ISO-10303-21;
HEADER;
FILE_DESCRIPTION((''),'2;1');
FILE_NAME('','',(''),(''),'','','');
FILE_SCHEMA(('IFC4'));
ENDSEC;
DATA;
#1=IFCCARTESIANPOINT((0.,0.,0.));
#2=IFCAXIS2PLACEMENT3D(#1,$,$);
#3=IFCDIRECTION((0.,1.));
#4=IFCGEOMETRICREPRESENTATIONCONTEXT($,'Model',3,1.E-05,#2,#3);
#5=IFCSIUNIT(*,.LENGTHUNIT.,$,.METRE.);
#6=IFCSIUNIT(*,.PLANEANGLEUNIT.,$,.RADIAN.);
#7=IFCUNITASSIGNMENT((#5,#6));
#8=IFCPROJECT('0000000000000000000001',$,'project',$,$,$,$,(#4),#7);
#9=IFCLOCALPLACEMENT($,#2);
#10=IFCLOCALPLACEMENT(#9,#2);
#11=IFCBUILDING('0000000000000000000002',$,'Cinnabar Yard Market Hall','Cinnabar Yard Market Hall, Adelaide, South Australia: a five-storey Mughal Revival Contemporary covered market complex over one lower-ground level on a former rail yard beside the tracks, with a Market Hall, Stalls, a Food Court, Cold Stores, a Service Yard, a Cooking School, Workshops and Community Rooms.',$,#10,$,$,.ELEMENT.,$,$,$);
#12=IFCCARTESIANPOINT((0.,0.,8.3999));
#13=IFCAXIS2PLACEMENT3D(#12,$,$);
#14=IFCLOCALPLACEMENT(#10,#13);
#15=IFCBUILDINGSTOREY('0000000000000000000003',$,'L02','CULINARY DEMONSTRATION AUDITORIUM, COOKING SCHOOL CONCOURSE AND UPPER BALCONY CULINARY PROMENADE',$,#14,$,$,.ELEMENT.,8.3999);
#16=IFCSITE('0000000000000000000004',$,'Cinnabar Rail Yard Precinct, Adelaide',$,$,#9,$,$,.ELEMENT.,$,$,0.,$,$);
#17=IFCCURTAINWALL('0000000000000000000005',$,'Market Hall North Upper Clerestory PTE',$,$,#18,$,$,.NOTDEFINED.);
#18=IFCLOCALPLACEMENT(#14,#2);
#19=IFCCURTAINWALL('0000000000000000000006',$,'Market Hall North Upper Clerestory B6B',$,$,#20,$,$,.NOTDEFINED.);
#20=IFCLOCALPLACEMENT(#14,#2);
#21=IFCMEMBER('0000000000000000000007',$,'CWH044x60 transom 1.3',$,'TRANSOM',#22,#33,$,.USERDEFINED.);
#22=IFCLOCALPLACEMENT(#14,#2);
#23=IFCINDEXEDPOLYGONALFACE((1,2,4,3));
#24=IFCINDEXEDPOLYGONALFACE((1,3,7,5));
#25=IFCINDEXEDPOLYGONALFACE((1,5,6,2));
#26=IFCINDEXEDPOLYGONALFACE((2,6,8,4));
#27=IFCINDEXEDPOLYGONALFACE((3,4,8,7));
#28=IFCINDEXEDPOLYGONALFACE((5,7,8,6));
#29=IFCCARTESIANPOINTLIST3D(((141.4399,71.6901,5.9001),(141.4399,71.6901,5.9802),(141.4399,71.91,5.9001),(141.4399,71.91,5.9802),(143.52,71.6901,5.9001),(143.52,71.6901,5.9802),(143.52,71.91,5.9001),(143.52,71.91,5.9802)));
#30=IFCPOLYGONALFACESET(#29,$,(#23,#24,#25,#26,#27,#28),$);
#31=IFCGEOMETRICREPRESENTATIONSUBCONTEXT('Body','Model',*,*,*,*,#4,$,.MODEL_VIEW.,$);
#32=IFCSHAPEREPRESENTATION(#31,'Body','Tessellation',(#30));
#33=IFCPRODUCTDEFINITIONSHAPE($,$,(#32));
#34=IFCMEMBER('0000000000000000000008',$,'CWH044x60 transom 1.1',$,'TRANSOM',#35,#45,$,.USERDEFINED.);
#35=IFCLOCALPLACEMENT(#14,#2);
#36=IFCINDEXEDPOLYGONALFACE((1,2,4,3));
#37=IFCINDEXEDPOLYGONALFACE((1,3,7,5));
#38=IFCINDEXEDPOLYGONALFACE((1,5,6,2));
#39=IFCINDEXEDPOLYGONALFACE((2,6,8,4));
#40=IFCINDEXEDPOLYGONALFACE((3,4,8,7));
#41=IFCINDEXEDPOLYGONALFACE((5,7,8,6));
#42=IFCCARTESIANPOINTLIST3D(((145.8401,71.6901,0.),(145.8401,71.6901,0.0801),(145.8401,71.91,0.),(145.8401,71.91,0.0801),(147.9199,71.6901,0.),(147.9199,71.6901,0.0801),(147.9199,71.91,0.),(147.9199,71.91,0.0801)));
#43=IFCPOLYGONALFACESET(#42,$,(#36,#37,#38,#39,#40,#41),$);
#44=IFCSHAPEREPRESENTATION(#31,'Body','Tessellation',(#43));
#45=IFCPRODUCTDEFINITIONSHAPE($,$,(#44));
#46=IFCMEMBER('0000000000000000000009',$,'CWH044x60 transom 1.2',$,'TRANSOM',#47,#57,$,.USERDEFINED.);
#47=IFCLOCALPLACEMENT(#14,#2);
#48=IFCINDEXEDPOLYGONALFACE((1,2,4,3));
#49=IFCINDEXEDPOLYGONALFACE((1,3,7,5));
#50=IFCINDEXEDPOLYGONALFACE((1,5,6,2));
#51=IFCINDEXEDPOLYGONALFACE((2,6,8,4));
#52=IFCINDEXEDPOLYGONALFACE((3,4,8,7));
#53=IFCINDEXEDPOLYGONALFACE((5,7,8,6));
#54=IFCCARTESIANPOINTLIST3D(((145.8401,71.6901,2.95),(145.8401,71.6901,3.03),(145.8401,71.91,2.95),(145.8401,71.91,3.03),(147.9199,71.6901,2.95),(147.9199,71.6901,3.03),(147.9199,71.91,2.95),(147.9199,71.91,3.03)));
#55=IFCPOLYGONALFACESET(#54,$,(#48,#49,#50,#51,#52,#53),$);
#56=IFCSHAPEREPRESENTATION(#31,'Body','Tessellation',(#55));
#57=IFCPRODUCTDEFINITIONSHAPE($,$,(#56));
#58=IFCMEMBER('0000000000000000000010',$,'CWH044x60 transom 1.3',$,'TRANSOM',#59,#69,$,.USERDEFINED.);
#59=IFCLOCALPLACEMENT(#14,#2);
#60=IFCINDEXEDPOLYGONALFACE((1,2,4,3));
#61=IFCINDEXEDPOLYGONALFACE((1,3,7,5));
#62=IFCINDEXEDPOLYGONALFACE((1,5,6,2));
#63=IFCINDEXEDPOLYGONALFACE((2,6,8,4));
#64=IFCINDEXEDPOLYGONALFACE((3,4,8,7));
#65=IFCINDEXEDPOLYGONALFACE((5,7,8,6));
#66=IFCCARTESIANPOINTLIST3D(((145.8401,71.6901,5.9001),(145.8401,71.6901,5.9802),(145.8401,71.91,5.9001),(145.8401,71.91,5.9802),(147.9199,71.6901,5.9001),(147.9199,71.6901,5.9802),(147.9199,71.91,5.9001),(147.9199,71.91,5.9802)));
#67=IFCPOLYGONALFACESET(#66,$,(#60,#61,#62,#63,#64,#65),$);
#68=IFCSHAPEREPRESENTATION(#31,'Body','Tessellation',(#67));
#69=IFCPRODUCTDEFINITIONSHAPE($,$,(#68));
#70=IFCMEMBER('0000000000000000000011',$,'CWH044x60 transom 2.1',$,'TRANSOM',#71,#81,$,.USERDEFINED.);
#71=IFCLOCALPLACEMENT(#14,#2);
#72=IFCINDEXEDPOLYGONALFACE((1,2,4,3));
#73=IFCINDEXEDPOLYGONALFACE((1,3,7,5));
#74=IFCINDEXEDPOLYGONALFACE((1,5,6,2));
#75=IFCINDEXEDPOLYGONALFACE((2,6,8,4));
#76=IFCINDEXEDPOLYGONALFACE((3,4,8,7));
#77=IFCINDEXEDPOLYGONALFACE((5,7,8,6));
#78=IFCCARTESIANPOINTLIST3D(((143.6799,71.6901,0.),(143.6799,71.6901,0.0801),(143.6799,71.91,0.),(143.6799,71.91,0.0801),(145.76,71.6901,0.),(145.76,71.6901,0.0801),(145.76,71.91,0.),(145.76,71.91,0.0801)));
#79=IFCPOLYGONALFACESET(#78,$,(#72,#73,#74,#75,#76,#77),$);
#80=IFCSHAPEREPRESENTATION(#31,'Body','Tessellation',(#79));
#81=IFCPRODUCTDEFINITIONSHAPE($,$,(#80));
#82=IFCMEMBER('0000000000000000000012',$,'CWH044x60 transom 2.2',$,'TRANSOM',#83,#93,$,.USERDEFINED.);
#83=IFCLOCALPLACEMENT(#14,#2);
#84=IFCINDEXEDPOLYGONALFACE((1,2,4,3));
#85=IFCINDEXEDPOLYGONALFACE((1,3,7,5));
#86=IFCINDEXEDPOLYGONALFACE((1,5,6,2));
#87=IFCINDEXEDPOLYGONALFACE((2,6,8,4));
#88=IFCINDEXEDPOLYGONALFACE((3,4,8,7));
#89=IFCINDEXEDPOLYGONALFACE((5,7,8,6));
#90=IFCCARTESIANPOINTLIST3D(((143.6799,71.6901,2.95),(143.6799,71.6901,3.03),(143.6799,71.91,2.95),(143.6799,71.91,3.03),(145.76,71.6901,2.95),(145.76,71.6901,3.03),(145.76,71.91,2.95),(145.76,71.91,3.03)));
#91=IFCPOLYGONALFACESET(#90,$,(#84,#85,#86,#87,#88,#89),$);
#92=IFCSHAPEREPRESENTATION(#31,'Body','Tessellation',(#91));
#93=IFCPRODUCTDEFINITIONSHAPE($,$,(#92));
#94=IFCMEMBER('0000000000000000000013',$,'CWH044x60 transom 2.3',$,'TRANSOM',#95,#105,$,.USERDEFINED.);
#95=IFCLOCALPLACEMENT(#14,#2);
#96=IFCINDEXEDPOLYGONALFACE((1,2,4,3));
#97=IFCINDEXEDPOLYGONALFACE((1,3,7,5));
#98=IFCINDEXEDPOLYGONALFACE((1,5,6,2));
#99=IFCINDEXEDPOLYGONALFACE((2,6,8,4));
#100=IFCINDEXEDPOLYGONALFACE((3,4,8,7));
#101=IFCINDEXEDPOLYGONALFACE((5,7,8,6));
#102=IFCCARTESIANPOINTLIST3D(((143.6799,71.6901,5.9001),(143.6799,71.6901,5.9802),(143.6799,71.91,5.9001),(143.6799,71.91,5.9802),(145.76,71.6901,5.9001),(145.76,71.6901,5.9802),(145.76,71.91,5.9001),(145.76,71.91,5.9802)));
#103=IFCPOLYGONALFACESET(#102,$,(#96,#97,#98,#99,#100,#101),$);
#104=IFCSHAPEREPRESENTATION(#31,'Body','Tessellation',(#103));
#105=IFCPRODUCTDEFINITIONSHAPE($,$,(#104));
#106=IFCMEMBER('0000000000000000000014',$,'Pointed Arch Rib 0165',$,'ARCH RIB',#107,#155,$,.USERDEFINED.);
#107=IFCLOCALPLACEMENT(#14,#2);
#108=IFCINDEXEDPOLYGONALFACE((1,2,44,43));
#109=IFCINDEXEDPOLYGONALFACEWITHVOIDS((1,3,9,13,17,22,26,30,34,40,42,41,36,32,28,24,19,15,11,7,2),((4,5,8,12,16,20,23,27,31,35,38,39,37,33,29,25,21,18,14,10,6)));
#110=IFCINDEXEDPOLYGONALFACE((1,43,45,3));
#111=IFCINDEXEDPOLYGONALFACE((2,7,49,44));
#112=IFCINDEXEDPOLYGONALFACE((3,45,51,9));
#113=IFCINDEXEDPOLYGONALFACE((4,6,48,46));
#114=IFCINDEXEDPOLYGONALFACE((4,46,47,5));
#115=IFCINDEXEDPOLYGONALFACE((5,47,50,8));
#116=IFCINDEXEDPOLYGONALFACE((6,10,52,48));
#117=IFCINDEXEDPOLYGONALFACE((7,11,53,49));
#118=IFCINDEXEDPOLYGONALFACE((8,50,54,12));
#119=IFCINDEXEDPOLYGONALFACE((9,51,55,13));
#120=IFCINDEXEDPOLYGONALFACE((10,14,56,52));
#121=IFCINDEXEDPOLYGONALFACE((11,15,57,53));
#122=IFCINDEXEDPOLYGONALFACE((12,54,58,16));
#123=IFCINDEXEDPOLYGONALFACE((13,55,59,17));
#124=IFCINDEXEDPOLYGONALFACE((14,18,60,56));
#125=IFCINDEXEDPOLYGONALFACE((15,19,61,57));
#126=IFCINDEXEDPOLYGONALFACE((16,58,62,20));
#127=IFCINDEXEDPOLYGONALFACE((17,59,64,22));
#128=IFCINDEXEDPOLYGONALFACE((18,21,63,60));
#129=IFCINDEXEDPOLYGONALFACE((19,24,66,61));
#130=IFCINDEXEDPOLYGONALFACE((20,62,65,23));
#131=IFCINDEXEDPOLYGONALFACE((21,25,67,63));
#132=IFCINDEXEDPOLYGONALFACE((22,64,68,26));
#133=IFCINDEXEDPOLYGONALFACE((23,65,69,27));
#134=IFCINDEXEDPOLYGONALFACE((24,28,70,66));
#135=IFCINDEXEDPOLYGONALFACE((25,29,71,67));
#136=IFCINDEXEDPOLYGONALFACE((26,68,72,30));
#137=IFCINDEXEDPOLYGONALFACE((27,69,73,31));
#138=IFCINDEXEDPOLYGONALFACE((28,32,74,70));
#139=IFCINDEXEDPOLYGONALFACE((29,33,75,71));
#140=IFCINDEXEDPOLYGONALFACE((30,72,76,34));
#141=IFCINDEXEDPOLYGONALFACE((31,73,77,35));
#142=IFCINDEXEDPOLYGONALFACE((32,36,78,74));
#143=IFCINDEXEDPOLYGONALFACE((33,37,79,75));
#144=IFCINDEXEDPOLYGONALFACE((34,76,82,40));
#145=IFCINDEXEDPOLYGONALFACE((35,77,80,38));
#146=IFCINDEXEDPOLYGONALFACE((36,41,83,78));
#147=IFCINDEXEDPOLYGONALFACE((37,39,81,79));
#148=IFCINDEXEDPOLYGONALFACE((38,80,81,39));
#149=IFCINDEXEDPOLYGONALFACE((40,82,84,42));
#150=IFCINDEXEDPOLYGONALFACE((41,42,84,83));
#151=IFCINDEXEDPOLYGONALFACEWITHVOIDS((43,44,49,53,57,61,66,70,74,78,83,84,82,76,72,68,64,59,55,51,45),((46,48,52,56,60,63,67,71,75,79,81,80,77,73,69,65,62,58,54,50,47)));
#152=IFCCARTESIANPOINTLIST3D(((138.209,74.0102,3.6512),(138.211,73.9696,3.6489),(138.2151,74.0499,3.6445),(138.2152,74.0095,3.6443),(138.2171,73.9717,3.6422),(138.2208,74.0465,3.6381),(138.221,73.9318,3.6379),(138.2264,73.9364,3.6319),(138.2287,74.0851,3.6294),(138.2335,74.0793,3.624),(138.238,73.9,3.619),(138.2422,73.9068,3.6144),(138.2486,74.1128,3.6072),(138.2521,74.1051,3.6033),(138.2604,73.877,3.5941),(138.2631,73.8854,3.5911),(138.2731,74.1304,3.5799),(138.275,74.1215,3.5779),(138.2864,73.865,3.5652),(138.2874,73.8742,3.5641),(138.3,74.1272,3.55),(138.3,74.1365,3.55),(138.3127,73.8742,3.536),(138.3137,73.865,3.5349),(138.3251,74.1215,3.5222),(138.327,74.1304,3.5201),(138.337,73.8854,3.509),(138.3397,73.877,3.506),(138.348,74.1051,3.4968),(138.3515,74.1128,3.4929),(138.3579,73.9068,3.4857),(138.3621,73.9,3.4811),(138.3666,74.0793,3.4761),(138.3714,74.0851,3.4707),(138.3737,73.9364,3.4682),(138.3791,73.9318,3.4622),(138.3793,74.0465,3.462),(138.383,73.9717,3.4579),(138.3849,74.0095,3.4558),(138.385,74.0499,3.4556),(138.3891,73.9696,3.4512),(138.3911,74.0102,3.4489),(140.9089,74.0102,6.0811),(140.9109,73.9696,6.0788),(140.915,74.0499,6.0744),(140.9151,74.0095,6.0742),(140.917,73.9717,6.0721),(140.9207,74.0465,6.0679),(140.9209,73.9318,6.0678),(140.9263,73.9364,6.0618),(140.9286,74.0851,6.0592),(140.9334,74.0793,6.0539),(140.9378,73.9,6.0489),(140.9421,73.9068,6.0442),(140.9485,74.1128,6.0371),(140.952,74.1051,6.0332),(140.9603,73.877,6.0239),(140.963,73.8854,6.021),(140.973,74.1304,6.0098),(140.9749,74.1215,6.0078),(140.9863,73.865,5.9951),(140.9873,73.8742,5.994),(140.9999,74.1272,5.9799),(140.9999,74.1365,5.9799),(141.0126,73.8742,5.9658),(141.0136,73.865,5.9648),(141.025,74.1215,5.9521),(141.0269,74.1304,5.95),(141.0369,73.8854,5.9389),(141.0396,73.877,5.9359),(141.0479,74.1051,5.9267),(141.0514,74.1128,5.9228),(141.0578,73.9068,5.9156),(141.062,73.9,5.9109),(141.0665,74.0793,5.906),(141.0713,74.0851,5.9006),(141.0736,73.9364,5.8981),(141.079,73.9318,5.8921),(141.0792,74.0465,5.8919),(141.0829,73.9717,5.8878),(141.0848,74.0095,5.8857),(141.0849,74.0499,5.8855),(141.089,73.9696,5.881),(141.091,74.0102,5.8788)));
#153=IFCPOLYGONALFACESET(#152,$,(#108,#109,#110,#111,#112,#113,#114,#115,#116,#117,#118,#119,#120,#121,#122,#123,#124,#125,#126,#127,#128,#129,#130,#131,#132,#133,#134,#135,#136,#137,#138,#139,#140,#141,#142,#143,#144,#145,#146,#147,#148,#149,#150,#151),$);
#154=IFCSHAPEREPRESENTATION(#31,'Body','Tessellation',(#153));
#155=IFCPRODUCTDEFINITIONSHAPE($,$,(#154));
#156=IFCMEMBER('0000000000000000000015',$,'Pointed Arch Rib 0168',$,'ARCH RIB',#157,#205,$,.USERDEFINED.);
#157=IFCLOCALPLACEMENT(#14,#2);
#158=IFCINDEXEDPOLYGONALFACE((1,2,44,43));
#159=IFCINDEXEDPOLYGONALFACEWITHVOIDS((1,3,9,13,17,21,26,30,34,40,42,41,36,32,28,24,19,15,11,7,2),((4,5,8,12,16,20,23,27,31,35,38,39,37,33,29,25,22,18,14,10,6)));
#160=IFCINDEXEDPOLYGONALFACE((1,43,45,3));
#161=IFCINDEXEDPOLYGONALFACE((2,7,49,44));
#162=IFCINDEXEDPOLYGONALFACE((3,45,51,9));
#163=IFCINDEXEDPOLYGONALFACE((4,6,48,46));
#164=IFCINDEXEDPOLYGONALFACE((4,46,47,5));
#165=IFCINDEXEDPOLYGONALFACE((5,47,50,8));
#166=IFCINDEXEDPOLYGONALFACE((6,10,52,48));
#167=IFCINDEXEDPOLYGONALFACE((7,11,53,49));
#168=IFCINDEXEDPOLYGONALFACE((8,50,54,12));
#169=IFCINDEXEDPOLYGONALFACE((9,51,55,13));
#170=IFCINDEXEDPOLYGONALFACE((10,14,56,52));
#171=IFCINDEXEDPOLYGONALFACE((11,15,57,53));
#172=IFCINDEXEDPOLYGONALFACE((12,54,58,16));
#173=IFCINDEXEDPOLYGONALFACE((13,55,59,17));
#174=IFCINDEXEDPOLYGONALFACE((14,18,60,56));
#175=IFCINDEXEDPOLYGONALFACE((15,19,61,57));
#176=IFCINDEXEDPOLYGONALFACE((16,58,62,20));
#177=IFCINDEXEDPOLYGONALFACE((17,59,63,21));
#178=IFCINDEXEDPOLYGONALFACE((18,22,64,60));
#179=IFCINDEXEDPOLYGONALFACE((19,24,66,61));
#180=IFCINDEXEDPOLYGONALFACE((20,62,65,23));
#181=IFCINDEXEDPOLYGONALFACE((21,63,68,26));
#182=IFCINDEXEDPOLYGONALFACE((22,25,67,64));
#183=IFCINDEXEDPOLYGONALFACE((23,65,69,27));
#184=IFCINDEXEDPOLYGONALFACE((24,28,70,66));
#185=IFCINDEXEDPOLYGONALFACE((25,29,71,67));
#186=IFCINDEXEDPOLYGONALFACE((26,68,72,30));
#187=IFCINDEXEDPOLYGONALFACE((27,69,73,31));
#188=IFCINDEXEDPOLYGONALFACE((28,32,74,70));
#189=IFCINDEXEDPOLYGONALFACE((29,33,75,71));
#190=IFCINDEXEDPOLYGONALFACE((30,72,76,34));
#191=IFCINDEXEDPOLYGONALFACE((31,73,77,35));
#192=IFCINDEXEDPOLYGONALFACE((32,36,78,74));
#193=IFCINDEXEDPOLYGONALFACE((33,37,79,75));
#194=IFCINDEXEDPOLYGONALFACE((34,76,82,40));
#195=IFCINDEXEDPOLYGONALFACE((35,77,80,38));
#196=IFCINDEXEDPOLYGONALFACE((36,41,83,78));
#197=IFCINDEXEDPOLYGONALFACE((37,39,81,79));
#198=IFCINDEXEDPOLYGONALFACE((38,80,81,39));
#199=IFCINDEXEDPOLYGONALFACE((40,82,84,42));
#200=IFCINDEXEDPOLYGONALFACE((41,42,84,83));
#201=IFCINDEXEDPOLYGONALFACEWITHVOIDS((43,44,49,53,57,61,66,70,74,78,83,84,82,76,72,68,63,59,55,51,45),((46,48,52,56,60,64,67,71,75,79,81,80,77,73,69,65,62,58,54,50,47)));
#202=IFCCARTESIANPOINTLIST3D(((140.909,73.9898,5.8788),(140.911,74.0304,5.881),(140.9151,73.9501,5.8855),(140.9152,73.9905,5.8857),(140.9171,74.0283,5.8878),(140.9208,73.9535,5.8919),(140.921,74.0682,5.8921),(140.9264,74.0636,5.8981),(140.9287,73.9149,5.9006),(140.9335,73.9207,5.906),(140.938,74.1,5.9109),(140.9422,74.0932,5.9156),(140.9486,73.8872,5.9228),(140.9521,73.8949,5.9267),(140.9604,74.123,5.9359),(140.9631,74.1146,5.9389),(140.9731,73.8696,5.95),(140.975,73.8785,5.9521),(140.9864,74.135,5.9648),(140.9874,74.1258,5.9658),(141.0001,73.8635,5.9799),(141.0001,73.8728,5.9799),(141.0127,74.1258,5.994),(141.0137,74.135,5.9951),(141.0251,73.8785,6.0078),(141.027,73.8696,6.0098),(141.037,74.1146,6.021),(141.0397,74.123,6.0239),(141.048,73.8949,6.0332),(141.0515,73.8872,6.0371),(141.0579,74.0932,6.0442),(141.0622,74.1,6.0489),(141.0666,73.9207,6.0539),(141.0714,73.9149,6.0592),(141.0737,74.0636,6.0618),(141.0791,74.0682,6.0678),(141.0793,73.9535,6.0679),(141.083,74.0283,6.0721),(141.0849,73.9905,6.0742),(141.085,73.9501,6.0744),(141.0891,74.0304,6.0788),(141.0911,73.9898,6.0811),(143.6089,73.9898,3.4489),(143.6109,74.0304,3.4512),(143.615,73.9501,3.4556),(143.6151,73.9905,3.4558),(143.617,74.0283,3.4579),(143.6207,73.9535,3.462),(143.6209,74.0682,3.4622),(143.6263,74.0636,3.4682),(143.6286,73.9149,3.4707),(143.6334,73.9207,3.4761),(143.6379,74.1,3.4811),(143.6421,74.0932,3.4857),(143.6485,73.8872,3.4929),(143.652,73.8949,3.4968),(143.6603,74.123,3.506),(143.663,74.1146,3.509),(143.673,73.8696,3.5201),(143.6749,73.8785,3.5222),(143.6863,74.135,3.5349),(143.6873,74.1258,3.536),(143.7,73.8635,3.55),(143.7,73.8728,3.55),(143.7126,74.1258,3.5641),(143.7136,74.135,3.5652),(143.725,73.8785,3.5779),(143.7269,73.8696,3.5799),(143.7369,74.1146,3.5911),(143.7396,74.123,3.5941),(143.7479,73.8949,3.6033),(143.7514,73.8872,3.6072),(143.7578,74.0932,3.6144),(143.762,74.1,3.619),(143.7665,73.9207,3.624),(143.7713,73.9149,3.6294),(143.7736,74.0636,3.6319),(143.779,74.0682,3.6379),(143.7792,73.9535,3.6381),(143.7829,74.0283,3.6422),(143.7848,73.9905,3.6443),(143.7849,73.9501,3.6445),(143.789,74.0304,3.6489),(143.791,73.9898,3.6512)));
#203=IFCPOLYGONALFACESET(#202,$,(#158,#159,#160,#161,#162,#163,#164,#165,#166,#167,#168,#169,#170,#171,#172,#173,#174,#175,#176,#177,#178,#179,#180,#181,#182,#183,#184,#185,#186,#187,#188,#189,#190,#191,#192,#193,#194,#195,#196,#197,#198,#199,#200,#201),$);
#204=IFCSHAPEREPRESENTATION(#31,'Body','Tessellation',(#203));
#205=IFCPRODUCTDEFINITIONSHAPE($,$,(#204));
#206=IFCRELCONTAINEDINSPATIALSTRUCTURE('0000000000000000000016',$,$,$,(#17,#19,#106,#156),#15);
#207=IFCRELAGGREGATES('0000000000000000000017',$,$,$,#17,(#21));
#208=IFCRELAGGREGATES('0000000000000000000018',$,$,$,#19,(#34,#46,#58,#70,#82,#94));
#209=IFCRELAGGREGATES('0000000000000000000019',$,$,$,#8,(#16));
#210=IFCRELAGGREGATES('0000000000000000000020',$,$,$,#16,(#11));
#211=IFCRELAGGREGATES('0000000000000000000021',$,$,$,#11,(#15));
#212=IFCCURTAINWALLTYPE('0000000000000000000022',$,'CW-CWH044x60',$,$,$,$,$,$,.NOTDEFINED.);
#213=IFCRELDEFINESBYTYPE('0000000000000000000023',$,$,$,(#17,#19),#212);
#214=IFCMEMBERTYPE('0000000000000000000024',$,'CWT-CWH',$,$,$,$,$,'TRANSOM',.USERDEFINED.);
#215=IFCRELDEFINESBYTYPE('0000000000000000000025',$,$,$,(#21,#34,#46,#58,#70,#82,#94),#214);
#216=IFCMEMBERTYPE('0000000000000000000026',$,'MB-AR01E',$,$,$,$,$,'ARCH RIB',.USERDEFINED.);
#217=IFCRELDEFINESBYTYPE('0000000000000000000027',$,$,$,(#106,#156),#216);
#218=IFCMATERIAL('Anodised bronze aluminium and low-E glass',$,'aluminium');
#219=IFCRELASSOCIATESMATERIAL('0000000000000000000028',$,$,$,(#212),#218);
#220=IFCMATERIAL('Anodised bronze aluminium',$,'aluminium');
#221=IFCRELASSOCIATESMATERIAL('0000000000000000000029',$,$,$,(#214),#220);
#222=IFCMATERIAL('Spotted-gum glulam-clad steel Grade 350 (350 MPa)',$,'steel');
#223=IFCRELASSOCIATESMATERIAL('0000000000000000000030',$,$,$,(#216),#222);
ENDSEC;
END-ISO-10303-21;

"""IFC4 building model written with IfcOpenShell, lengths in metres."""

from ifc_helpers import new_model, si_unit, direction, frame, origin, origin_2d_with_axis, place, context, subcontext, project, spatial, rectangle, hollow_circle, extrude, material, material_profile, profile_set, type_object, element, aggregate, save


model = new_model("IFC4")

# Units and contexts
model_context = context("Model", 3, precision=1e-05, world=origin(), true_north=direction((0.0, 1.0)))
body_context = subcontext(model_context, "Body", "Model", "MODEL_VIEW")
ifc_project = project(units=[si_unit("LENGTHUNIT", "METRE"), si_unit("PLANEANGLEUNIT", "RADIAN")], contexts=[model_context])

# Site, building, storey
site_placement = place(None, origin())
site = spatial("IfcSite", under=ifc_project, at=site_placement, Name="Cinnabar Rail Yard Precinct, Adelaide", CompositionType="ELEMENT", RefElevation=0.0)
building_placement = place(site_placement, origin())
building = spatial("IfcBuilding", under=site, at=building_placement, Name="Cinnabar Yard Market Hall", Description="Cinnabar Yard Market Hall, Adelaide, South Australia: a five-storey Mughal Revival Contemporary covered market complex over one lower-ground level on a former rail yard beside the tracks, with a Market Hall, Stalls, a Food Court, Cold Stores, a Service Yard, a Cooking School, Workshops and Community Rooms.", CompositionType="ELEMENT")
storey_placement = place(building_placement, frame((0.0, 0.0, 8.3999)))
storey = spatial("IfcBuildingStorey", under=building, at=storey_placement, Name="L02", Description="CULINARY DEMONSTRATION AUDITORIUM, COOKING SCHOOL CONCOURSE AND UPPER BALCONY CULINARY PROMENADE", CompositionType="ELEMENT", Elevation=8.3999)

# Shared definitions
ifc_material_1 = material(Name="Spotted-gum glulam-clad steel Grade 350 (350 MPa)", Category="steel")

# Curtain wall
ifc_material_2 = material(Name="Anodised bronze aluminium and low-E glass", Category="aluminium")
curtain_wall_type = type_object("IfcCurtainWallType", Name="CW-CWH044x60", PredefinedType="NOTDEFINED", material=ifc_material_2)
curtain_wall_1_placement = place(storey_placement, origin())
curtain_wall_1 = element("IfcCurtainWall", 1, at=curtain_wall_1_placement, inside=storey, type_object=curtain_wall_type, Name="Market Hall North Upper Clerestory PTE", PredefinedType="NOTDEFINED")
ifc_material_3 = material(Name="Anodised bronze aluminium", Category="aluminium")

# Curtain wall
curtain_wall_2_placement = place(storey_placement, origin())
curtain_wall_2 = element("IfcCurtainWall", 2, at=curtain_wall_2_placement, inside=storey, type_object=curtain_wall_type, Name="Market Hall North Upper Clerestory B6B", PredefinedType="NOTDEFINED")

# Members
ifc_material_profile_1 = material_profile(ifc_material_3, rectangle(XDim=0.22, YDim=0.0801, at=origin_2d_with_axis()), Name="TRN-CWH")
ifc_profile_set_1 = profile_set([ifc_material_profile_1], Name="Anodised bronze aluminium")
member_type_1 = type_object("IfcMemberType", Name="CWT-CWH", ElementType="TRANSOM", PredefinedType="USERDEFINED", material=ifc_profile_set_1)
member_1_placement = place(storey_placement, frame((143.52, 71.8, 5.9402), z_axis=(-1.0, 0.0, 0.0), x_axis=(0.0, -1.0, 0.0)))
member_1 = element("IfcMember", 3, at=member_1_placement, type_object=member_type_1, Name="CWH044x60 transom 1.3", ObjectType="TRANSOM", PredefinedType="USERDEFINED", context=body_context, shape_type="SweptSolid", body=[
    extrude(rectangle(XDim=0.22, YDim=0.0801, at=origin_2d_with_axis()), origin(), (0.0, 0.0, 1.0), 2.0801),
])
aggregate(curtain_wall_1, [member_1])
member_2_placement = place(storey_placement, frame((147.9199, 71.8, 0.04), z_axis=(-1.0, 0.0, 0.0), x_axis=(0.0, -1.0, 0.0)))
member_2 = element("IfcMember", 4, at=member_2_placement, type_object=member_type_1, Name="CWH044x60 transom 1.1", ObjectType="TRANSOM", PredefinedType="USERDEFINED", context=body_context, shape_type="SweptSolid", body=[
    extrude(rectangle(XDim=0.22, YDim=0.0801, at=origin_2d_with_axis()), origin(), (0.0, 0.0, 1.0), 2.0798),
])
member_3_placement = place(storey_placement, frame((147.9199, 71.8, 2.99), z_axis=(-1.0, 0.0, 0.0), x_axis=(0.0, -1.0, 0.0)))
member_3 = element("IfcMember", 5, at=member_3_placement, type_object=member_type_1, Name="CWH044x60 transom 1.2", ObjectType="TRANSOM", PredefinedType="USERDEFINED", context=body_context, shape_type="SweptSolid", body=[
    extrude(rectangle(XDim=0.22, YDim=0.0801, at=origin_2d_with_axis()), origin(), (0.0, 0.0, 1.0), 2.0798),
])
member_4_placement = place(storey_placement, frame((147.9199, 71.8, 5.9402), z_axis=(-1.0, 0.0, 0.0), x_axis=(0.0, -1.0, 0.0)))
member_4 = element("IfcMember", 6, at=member_4_placement, type_object=member_type_1, Name="CWH044x60 transom 1.3", ObjectType="TRANSOM", PredefinedType="USERDEFINED", context=body_context, shape_type="SweptSolid", body=[
    extrude(rectangle(XDim=0.22, YDim=0.0801, at=origin_2d_with_axis()), origin(), (0.0, 0.0, 1.0), 2.0798),
])
member_5_placement = place(storey_placement, frame((145.76, 71.8, 0.04), z_axis=(-1.0, 0.0, 0.0), x_axis=(0.0, -1.0, 0.0)))
member_5 = element("IfcMember", 7, at=member_5_placement, type_object=member_type_1, Name="CWH044x60 transom 2.1", ObjectType="TRANSOM", PredefinedType="USERDEFINED", context=body_context, shape_type="SweptSolid", body=[
    extrude(rectangle(XDim=0.22, YDim=0.0801, at=origin_2d_with_axis()), origin(), (0.0, 0.0, 1.0), 2.0801),
])
member_6_placement = place(storey_placement, frame((145.76, 71.8, 2.99), z_axis=(-1.0, 0.0, 0.0), x_axis=(0.0, -1.0, 0.0)))
member_6 = element("IfcMember", 8, at=member_6_placement, type_object=member_type_1, Name="CWH044x60 transom 2.2", ObjectType="TRANSOM", PredefinedType="USERDEFINED", context=body_context, shape_type="SweptSolid", body=[
    extrude(rectangle(XDim=0.22, YDim=0.0801, at=origin_2d_with_axis()), origin(), (0.0, 0.0, 1.0), 2.0801),
])
member_7_placement = place(storey_placement, frame((145.76, 71.8, 5.9402), z_axis=(-1.0, 0.0, 0.0), x_axis=(0.0, -1.0, 0.0)))
member_7 = element("IfcMember", 9, at=member_7_placement, type_object=member_type_1, Name="CWH044x60 transom 2.3", ObjectType="TRANSOM", PredefinedType="USERDEFINED", context=body_context, shape_type="SweptSolid", body=[
    extrude(rectangle(XDim=0.22, YDim=0.0801, at=origin_2d_with_axis()), origin(), (0.0, 0.0, 1.0), 2.0801),
])

# Members
ifc_material_profile_2 = material_profile(ifc_material_1, hollow_circle(Radius=0.1365, WallThickness=0.0093, at=origin_2d_with_axis()), Name="273.1x9.3CHS")
ifc_profile_set_2 = profile_set([ifc_material_profile_2], Name="Spotted-gum glulam-clad steel Grade 350 (350 MPa)")
member_type_2 = type_object("IfcMemberType", Name="MB-AR01E", ElementType="ARCH RIB", PredefinedType="USERDEFINED", material=ifc_profile_set_2)
for number, where, z_axis, x_axis, name in (
    (10, (138.3, 74.0, 3.55), (0.743297, 0.0, 0.668961), (0.0, 1.0, 0.0), "Pointed Arch Rib 0165"),
    (11, (143.7, 74.0, 3.55), (-0.743297, 0.0, 0.668961), (0.0, -1.0, 0.0), "Pointed Arch Rib 0168"),
):
    element("IfcMember", number, at=place(storey_placement, frame(where, z_axis=z_axis, x_axis=x_axis)), inside=storey, type_object=member_type_2, Name=name, ObjectType="ARCH RIB", PredefinedType="USERDEFINED", context=body_context, shape_type="SweptSolid", body=[
        extrude(hollow_circle(Radius=0.1365, WallThickness=0.0093, at=origin_2d_with_axis()), origin(), (0.0, 0.0, 1.0), 3.6323),
    ])

aggregate(curtain_wall_2, [member_2, member_3, member_4, member_5, member_6, member_7])

save(model, "model.ifc")
